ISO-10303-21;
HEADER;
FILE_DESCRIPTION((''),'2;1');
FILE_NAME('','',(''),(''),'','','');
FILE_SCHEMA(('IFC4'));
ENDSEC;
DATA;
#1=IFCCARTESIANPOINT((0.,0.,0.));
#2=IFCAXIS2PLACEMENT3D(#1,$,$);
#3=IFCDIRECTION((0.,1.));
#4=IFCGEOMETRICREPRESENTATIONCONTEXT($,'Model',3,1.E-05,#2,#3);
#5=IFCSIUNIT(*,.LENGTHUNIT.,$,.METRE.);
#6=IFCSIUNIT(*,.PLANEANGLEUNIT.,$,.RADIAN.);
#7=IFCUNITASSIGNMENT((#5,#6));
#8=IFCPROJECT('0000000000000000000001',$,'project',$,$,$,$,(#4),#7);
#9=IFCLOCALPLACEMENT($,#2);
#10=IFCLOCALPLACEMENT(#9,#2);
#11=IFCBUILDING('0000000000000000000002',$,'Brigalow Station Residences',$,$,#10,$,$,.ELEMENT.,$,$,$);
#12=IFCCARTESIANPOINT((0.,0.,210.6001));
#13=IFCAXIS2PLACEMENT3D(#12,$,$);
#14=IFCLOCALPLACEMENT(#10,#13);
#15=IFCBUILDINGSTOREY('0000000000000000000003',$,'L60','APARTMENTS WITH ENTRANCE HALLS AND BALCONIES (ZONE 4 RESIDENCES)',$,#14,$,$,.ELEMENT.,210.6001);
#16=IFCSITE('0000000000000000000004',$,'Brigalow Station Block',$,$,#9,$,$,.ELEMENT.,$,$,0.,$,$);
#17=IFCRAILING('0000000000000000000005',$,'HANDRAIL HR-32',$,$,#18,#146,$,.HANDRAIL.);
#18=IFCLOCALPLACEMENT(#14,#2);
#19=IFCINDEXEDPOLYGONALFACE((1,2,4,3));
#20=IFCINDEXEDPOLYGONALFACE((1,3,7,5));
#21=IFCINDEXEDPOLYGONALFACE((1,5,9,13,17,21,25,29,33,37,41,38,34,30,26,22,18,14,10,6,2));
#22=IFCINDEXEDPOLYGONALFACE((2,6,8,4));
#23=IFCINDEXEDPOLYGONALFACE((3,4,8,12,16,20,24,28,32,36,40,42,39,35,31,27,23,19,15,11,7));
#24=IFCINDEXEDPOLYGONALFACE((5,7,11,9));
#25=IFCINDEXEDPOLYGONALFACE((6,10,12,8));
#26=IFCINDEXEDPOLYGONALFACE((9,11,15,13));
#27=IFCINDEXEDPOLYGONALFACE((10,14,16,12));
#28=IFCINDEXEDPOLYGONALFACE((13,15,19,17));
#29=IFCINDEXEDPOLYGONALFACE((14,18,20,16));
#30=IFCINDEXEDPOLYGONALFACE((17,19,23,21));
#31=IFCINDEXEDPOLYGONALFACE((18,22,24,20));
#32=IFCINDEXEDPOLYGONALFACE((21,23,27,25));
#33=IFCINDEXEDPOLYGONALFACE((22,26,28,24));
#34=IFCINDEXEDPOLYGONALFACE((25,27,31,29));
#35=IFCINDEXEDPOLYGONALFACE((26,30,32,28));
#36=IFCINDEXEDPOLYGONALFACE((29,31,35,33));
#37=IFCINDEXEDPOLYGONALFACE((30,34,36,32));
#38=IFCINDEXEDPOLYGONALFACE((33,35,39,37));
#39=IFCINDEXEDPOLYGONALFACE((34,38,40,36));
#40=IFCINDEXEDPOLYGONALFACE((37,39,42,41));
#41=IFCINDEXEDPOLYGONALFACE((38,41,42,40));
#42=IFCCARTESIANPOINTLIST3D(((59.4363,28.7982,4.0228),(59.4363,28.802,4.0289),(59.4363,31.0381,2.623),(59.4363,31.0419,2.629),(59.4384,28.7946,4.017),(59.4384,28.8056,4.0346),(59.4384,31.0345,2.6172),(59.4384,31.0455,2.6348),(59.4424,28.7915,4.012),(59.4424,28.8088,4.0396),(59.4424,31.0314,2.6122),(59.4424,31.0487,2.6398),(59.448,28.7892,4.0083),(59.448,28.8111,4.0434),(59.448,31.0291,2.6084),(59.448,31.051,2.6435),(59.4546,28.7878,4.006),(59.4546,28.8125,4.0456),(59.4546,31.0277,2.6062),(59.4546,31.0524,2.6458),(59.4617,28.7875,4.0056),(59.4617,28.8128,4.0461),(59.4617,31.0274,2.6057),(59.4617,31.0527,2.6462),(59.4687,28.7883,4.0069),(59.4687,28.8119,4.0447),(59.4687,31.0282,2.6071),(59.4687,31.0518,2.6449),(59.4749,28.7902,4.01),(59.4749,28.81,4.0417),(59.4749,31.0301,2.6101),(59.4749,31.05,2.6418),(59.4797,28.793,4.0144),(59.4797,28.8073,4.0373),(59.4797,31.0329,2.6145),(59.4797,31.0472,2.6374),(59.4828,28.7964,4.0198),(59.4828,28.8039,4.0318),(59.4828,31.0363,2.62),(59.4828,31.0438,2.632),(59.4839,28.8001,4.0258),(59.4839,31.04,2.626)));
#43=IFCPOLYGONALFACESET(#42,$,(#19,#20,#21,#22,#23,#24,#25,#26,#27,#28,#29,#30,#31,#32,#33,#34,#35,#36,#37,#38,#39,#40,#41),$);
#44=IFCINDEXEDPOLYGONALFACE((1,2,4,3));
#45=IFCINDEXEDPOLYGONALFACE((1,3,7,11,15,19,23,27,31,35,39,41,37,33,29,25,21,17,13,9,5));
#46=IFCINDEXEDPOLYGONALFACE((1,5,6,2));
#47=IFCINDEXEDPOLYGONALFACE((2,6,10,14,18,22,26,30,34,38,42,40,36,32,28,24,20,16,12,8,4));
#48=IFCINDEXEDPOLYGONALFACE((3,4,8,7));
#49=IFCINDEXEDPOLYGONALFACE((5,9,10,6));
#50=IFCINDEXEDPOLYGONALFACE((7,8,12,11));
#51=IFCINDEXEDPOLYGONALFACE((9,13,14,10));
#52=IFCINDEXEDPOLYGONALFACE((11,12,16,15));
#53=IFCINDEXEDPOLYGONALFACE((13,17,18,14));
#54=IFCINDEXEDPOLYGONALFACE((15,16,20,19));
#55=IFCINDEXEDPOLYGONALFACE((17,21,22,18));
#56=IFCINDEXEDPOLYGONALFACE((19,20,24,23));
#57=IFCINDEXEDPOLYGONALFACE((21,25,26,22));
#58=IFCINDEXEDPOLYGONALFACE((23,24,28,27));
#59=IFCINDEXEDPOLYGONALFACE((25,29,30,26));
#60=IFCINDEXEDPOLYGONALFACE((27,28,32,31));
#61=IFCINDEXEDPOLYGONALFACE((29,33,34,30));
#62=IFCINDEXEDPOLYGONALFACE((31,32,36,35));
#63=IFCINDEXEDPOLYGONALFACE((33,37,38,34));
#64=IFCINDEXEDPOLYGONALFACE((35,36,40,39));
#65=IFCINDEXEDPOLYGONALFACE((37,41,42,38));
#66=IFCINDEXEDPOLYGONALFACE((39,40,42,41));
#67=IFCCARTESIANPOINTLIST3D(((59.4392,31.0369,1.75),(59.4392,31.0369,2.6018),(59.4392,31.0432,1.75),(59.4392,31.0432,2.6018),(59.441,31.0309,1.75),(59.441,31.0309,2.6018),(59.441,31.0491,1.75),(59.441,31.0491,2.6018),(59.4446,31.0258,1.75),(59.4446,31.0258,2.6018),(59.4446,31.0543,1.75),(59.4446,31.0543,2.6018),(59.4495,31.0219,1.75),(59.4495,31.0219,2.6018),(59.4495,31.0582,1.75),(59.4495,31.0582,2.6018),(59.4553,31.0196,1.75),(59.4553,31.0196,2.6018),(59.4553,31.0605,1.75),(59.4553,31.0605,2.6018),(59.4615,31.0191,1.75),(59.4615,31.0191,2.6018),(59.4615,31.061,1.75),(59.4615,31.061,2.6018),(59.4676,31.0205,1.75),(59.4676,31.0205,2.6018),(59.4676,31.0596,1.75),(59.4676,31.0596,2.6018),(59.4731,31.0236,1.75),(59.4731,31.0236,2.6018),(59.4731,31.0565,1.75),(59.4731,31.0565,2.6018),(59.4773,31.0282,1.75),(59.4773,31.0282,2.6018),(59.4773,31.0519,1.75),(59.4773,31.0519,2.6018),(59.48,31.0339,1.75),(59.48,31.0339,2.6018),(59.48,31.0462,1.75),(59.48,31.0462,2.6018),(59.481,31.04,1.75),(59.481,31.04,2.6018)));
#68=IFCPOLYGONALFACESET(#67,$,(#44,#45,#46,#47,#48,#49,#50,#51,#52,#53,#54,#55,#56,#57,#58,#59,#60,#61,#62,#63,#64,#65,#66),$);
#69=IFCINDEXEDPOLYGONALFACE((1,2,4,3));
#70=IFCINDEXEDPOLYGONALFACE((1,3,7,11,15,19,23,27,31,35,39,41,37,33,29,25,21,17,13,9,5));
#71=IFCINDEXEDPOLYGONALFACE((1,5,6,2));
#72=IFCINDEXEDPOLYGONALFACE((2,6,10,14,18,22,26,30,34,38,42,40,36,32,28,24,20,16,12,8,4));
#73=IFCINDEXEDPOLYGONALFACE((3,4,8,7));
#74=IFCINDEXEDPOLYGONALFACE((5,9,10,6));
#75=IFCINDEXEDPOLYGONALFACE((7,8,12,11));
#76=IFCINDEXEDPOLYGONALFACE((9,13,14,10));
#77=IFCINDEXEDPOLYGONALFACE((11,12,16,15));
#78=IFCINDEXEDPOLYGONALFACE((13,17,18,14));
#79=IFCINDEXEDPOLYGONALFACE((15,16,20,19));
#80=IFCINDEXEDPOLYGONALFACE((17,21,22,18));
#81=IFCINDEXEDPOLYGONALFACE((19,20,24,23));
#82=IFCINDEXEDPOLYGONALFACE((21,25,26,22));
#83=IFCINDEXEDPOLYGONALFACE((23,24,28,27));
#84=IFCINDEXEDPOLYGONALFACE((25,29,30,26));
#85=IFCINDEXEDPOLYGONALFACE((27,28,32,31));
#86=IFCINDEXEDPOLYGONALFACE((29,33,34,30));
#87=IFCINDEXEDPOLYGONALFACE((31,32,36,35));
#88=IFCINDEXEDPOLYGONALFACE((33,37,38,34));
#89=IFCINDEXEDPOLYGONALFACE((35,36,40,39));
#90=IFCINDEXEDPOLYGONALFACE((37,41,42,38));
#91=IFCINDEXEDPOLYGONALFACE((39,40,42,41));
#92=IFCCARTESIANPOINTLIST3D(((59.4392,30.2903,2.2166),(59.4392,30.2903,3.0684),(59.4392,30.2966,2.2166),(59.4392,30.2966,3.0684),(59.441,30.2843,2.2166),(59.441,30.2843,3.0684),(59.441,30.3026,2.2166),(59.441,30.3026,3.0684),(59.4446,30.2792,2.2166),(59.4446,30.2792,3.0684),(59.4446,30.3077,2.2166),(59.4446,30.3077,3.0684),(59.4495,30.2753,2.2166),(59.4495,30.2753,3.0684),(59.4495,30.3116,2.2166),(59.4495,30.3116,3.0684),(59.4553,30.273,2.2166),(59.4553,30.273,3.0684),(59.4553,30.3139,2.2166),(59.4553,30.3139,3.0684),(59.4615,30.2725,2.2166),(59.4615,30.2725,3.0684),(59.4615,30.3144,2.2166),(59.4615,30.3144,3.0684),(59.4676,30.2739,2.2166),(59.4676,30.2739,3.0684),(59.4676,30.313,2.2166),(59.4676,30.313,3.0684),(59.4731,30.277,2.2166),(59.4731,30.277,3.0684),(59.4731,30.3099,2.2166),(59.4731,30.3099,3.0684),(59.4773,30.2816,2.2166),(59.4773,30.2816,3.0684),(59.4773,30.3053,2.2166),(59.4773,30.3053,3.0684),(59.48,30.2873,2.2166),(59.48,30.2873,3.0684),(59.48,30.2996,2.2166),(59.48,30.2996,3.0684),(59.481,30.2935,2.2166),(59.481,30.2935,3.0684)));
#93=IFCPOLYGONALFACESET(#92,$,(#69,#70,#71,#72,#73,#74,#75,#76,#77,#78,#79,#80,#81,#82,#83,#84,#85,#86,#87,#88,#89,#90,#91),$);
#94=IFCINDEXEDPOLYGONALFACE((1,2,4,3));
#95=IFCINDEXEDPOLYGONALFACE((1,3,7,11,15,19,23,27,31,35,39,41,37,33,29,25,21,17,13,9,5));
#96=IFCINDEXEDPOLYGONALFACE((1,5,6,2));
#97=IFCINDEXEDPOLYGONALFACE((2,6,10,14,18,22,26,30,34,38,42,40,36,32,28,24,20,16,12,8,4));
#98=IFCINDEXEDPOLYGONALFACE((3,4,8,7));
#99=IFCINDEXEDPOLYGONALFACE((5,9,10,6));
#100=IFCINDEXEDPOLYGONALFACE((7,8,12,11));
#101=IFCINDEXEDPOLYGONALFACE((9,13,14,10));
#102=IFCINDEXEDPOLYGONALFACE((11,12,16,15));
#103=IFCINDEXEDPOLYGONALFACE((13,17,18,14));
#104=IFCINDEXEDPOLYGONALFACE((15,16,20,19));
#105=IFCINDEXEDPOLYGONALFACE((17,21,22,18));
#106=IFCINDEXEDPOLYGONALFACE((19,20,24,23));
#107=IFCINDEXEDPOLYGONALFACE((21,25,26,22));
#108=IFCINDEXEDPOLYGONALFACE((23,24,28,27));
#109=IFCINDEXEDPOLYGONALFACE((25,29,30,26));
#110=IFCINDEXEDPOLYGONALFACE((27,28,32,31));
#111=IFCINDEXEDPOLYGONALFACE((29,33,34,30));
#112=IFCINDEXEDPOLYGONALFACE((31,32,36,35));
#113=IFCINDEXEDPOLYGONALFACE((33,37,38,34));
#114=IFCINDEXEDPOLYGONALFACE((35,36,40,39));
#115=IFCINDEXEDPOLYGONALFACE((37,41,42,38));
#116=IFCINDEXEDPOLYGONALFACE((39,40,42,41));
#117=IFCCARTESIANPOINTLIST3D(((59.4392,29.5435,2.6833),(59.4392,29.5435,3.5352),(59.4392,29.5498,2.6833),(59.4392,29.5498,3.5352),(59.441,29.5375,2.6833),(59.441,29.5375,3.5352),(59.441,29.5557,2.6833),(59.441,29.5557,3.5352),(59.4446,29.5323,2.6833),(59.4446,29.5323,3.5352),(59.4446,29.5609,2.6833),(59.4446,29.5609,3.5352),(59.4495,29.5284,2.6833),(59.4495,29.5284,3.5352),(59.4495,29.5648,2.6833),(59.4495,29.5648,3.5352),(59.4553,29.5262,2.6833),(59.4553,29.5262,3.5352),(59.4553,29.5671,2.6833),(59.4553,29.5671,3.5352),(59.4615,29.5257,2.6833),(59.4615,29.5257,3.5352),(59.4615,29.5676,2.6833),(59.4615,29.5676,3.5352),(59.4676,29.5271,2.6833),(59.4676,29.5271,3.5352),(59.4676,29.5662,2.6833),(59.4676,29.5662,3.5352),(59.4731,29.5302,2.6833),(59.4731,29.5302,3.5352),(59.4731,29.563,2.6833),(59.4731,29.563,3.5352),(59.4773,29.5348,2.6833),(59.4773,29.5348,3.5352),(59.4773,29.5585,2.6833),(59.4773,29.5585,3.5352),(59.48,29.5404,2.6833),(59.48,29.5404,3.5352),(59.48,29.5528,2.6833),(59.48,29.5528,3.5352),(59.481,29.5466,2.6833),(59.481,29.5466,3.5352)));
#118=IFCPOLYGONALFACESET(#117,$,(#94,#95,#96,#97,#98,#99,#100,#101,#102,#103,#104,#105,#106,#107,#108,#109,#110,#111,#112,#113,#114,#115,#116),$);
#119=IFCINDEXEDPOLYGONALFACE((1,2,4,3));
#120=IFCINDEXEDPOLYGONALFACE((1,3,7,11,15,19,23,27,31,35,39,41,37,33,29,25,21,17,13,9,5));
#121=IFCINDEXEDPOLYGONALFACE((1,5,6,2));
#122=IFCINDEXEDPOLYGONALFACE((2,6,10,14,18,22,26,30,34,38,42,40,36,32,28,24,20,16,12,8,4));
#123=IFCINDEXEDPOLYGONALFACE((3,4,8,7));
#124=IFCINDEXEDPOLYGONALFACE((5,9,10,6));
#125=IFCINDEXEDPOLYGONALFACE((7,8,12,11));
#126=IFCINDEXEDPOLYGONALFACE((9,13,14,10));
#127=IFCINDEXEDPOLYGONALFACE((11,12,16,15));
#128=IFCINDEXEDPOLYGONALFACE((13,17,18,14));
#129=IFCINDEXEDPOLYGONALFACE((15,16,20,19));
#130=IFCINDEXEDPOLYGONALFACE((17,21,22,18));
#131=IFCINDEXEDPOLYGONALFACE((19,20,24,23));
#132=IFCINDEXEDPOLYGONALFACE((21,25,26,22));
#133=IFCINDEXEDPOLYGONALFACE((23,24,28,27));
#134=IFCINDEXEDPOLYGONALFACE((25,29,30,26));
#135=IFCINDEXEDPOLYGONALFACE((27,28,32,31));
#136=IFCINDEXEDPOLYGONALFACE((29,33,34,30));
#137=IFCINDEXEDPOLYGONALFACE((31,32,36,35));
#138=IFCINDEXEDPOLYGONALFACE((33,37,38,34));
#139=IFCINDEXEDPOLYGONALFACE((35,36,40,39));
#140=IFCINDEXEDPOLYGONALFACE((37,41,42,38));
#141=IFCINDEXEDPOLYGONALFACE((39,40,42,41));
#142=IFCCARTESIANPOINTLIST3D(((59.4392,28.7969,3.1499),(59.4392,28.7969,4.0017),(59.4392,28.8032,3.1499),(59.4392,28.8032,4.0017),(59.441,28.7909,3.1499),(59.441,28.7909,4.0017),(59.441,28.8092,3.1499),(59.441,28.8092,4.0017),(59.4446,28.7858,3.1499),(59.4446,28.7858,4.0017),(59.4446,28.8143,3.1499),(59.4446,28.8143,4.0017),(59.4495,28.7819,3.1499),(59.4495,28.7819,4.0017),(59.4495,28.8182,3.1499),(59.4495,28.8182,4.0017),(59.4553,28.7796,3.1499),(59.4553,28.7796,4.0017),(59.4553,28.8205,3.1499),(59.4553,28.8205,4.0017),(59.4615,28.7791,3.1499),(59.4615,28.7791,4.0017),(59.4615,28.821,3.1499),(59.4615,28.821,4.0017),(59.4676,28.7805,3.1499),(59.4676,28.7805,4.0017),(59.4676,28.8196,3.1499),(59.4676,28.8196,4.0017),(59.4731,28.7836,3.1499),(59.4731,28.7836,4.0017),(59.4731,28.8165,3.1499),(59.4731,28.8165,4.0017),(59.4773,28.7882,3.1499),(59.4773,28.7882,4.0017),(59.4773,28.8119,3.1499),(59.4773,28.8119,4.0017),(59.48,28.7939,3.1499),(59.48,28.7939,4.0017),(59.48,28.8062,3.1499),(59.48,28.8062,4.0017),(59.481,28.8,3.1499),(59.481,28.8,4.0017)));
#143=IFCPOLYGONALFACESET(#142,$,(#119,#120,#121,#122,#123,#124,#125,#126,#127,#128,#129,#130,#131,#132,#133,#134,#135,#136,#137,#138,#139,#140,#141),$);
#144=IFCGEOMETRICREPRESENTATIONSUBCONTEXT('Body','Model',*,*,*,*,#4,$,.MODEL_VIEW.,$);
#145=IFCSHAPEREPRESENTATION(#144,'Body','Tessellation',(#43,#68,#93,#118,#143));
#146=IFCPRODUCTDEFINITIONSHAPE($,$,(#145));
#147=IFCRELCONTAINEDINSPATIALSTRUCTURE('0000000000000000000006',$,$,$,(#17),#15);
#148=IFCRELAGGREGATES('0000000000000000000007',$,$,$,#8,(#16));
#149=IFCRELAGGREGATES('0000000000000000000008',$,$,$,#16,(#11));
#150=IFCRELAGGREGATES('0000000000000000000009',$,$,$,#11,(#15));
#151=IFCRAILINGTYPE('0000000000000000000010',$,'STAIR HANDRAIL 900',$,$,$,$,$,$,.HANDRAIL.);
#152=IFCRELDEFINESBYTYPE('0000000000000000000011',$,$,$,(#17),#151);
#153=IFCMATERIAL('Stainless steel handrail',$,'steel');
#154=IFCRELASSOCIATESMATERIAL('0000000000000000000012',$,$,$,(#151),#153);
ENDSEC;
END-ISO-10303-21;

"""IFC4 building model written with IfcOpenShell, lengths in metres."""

from ifc_helpers import new_model, si_unit, direction, frame, origin, origin_2d, place, context, subcontext, project, spatial, circle, extrude, material, type_object, element, save


model = new_model("IFC4")

# Units and contexts
model_context = context("Model", 3, precision=1e-05, world=origin(), true_north=direction((0.0, 1.0)))
body_context = subcontext(model_context, "Body", "Model", "MODEL_VIEW")
ifc_project = project(units=[si_unit("LENGTHUNIT", "METRE"), si_unit("PLANEANGLEUNIT", "RADIAN")], contexts=[model_context])

# Site, building, storey
site_placement = place(None, origin())
site = spatial("IfcSite", under=ifc_project, at=site_placement, Name="Brigalow Station Block", CompositionType="ELEMENT", RefElevation=0.0)
building_placement = place(site_placement, origin())
building = spatial("IfcBuilding", under=site, at=building_placement, Name="Brigalow Station Residences", CompositionType="ELEMENT")
storey_placement = place(building_placement, frame((0.0, 0.0, 210.6001)))
storey = spatial("IfcBuildingStorey", under=building, at=storey_placement, Name="L60", Description="APARTMENTS WITH ENTRANCE HALLS AND BALCONIES (ZONE 4 RESIDENCES)", CompositionType="ELEMENT", Elevation=210.6001)

# Railing
ifc_material_1 = material(Name="Stainless steel handrail", Category="steel")
railing_type_1 = type_object("IfcRailingType", Name="STAIR HANDRAIL 900", PredefinedType="HANDRAIL", material=ifc_material_1)
railing_1_placement = place(storey_placement, frame((59.46, 31.04, 1.75)))
element("IfcRailing", 1, at=railing_1_placement, inside=storey, type_object=railing_type_1, Name="HANDRAIL HR-32", PredefinedType="HANDRAIL", context=body_context, shape_type="SweptSolid", body=[
    extrude(circle(Radius=0.0239, at=origin_2d()), frame((0.0, 0.0, 0.876), z_axis=(0.0, -0.848014, 0.529974), x_axis=(1.0, 0.0, 0.0)), (0.0, 0.0, 1.0), 2.6414),
    extrude(circle(Radius=0.021, at=origin_2d()), origin(), (0.0, 0.0, 1.0), 0.8518),
    extrude(circle(Radius=0.021, at=origin_2d()), frame((0.0, -0.7466, 0.4666)), (0.0, 0.0, 1.0), 0.8518),
    extrude(circle(Radius=0.021, at=origin_2d()), frame((0.0, -1.4934, 0.9333)), (0.0, 0.0, 1.0), 0.8518),
    extrude(circle(Radius=0.021, at=origin_2d()), frame((0.0, -2.24, 1.3999)), (0.0, 0.0, 1.0), 0.8518),
])

save(model, "model.ifc")
